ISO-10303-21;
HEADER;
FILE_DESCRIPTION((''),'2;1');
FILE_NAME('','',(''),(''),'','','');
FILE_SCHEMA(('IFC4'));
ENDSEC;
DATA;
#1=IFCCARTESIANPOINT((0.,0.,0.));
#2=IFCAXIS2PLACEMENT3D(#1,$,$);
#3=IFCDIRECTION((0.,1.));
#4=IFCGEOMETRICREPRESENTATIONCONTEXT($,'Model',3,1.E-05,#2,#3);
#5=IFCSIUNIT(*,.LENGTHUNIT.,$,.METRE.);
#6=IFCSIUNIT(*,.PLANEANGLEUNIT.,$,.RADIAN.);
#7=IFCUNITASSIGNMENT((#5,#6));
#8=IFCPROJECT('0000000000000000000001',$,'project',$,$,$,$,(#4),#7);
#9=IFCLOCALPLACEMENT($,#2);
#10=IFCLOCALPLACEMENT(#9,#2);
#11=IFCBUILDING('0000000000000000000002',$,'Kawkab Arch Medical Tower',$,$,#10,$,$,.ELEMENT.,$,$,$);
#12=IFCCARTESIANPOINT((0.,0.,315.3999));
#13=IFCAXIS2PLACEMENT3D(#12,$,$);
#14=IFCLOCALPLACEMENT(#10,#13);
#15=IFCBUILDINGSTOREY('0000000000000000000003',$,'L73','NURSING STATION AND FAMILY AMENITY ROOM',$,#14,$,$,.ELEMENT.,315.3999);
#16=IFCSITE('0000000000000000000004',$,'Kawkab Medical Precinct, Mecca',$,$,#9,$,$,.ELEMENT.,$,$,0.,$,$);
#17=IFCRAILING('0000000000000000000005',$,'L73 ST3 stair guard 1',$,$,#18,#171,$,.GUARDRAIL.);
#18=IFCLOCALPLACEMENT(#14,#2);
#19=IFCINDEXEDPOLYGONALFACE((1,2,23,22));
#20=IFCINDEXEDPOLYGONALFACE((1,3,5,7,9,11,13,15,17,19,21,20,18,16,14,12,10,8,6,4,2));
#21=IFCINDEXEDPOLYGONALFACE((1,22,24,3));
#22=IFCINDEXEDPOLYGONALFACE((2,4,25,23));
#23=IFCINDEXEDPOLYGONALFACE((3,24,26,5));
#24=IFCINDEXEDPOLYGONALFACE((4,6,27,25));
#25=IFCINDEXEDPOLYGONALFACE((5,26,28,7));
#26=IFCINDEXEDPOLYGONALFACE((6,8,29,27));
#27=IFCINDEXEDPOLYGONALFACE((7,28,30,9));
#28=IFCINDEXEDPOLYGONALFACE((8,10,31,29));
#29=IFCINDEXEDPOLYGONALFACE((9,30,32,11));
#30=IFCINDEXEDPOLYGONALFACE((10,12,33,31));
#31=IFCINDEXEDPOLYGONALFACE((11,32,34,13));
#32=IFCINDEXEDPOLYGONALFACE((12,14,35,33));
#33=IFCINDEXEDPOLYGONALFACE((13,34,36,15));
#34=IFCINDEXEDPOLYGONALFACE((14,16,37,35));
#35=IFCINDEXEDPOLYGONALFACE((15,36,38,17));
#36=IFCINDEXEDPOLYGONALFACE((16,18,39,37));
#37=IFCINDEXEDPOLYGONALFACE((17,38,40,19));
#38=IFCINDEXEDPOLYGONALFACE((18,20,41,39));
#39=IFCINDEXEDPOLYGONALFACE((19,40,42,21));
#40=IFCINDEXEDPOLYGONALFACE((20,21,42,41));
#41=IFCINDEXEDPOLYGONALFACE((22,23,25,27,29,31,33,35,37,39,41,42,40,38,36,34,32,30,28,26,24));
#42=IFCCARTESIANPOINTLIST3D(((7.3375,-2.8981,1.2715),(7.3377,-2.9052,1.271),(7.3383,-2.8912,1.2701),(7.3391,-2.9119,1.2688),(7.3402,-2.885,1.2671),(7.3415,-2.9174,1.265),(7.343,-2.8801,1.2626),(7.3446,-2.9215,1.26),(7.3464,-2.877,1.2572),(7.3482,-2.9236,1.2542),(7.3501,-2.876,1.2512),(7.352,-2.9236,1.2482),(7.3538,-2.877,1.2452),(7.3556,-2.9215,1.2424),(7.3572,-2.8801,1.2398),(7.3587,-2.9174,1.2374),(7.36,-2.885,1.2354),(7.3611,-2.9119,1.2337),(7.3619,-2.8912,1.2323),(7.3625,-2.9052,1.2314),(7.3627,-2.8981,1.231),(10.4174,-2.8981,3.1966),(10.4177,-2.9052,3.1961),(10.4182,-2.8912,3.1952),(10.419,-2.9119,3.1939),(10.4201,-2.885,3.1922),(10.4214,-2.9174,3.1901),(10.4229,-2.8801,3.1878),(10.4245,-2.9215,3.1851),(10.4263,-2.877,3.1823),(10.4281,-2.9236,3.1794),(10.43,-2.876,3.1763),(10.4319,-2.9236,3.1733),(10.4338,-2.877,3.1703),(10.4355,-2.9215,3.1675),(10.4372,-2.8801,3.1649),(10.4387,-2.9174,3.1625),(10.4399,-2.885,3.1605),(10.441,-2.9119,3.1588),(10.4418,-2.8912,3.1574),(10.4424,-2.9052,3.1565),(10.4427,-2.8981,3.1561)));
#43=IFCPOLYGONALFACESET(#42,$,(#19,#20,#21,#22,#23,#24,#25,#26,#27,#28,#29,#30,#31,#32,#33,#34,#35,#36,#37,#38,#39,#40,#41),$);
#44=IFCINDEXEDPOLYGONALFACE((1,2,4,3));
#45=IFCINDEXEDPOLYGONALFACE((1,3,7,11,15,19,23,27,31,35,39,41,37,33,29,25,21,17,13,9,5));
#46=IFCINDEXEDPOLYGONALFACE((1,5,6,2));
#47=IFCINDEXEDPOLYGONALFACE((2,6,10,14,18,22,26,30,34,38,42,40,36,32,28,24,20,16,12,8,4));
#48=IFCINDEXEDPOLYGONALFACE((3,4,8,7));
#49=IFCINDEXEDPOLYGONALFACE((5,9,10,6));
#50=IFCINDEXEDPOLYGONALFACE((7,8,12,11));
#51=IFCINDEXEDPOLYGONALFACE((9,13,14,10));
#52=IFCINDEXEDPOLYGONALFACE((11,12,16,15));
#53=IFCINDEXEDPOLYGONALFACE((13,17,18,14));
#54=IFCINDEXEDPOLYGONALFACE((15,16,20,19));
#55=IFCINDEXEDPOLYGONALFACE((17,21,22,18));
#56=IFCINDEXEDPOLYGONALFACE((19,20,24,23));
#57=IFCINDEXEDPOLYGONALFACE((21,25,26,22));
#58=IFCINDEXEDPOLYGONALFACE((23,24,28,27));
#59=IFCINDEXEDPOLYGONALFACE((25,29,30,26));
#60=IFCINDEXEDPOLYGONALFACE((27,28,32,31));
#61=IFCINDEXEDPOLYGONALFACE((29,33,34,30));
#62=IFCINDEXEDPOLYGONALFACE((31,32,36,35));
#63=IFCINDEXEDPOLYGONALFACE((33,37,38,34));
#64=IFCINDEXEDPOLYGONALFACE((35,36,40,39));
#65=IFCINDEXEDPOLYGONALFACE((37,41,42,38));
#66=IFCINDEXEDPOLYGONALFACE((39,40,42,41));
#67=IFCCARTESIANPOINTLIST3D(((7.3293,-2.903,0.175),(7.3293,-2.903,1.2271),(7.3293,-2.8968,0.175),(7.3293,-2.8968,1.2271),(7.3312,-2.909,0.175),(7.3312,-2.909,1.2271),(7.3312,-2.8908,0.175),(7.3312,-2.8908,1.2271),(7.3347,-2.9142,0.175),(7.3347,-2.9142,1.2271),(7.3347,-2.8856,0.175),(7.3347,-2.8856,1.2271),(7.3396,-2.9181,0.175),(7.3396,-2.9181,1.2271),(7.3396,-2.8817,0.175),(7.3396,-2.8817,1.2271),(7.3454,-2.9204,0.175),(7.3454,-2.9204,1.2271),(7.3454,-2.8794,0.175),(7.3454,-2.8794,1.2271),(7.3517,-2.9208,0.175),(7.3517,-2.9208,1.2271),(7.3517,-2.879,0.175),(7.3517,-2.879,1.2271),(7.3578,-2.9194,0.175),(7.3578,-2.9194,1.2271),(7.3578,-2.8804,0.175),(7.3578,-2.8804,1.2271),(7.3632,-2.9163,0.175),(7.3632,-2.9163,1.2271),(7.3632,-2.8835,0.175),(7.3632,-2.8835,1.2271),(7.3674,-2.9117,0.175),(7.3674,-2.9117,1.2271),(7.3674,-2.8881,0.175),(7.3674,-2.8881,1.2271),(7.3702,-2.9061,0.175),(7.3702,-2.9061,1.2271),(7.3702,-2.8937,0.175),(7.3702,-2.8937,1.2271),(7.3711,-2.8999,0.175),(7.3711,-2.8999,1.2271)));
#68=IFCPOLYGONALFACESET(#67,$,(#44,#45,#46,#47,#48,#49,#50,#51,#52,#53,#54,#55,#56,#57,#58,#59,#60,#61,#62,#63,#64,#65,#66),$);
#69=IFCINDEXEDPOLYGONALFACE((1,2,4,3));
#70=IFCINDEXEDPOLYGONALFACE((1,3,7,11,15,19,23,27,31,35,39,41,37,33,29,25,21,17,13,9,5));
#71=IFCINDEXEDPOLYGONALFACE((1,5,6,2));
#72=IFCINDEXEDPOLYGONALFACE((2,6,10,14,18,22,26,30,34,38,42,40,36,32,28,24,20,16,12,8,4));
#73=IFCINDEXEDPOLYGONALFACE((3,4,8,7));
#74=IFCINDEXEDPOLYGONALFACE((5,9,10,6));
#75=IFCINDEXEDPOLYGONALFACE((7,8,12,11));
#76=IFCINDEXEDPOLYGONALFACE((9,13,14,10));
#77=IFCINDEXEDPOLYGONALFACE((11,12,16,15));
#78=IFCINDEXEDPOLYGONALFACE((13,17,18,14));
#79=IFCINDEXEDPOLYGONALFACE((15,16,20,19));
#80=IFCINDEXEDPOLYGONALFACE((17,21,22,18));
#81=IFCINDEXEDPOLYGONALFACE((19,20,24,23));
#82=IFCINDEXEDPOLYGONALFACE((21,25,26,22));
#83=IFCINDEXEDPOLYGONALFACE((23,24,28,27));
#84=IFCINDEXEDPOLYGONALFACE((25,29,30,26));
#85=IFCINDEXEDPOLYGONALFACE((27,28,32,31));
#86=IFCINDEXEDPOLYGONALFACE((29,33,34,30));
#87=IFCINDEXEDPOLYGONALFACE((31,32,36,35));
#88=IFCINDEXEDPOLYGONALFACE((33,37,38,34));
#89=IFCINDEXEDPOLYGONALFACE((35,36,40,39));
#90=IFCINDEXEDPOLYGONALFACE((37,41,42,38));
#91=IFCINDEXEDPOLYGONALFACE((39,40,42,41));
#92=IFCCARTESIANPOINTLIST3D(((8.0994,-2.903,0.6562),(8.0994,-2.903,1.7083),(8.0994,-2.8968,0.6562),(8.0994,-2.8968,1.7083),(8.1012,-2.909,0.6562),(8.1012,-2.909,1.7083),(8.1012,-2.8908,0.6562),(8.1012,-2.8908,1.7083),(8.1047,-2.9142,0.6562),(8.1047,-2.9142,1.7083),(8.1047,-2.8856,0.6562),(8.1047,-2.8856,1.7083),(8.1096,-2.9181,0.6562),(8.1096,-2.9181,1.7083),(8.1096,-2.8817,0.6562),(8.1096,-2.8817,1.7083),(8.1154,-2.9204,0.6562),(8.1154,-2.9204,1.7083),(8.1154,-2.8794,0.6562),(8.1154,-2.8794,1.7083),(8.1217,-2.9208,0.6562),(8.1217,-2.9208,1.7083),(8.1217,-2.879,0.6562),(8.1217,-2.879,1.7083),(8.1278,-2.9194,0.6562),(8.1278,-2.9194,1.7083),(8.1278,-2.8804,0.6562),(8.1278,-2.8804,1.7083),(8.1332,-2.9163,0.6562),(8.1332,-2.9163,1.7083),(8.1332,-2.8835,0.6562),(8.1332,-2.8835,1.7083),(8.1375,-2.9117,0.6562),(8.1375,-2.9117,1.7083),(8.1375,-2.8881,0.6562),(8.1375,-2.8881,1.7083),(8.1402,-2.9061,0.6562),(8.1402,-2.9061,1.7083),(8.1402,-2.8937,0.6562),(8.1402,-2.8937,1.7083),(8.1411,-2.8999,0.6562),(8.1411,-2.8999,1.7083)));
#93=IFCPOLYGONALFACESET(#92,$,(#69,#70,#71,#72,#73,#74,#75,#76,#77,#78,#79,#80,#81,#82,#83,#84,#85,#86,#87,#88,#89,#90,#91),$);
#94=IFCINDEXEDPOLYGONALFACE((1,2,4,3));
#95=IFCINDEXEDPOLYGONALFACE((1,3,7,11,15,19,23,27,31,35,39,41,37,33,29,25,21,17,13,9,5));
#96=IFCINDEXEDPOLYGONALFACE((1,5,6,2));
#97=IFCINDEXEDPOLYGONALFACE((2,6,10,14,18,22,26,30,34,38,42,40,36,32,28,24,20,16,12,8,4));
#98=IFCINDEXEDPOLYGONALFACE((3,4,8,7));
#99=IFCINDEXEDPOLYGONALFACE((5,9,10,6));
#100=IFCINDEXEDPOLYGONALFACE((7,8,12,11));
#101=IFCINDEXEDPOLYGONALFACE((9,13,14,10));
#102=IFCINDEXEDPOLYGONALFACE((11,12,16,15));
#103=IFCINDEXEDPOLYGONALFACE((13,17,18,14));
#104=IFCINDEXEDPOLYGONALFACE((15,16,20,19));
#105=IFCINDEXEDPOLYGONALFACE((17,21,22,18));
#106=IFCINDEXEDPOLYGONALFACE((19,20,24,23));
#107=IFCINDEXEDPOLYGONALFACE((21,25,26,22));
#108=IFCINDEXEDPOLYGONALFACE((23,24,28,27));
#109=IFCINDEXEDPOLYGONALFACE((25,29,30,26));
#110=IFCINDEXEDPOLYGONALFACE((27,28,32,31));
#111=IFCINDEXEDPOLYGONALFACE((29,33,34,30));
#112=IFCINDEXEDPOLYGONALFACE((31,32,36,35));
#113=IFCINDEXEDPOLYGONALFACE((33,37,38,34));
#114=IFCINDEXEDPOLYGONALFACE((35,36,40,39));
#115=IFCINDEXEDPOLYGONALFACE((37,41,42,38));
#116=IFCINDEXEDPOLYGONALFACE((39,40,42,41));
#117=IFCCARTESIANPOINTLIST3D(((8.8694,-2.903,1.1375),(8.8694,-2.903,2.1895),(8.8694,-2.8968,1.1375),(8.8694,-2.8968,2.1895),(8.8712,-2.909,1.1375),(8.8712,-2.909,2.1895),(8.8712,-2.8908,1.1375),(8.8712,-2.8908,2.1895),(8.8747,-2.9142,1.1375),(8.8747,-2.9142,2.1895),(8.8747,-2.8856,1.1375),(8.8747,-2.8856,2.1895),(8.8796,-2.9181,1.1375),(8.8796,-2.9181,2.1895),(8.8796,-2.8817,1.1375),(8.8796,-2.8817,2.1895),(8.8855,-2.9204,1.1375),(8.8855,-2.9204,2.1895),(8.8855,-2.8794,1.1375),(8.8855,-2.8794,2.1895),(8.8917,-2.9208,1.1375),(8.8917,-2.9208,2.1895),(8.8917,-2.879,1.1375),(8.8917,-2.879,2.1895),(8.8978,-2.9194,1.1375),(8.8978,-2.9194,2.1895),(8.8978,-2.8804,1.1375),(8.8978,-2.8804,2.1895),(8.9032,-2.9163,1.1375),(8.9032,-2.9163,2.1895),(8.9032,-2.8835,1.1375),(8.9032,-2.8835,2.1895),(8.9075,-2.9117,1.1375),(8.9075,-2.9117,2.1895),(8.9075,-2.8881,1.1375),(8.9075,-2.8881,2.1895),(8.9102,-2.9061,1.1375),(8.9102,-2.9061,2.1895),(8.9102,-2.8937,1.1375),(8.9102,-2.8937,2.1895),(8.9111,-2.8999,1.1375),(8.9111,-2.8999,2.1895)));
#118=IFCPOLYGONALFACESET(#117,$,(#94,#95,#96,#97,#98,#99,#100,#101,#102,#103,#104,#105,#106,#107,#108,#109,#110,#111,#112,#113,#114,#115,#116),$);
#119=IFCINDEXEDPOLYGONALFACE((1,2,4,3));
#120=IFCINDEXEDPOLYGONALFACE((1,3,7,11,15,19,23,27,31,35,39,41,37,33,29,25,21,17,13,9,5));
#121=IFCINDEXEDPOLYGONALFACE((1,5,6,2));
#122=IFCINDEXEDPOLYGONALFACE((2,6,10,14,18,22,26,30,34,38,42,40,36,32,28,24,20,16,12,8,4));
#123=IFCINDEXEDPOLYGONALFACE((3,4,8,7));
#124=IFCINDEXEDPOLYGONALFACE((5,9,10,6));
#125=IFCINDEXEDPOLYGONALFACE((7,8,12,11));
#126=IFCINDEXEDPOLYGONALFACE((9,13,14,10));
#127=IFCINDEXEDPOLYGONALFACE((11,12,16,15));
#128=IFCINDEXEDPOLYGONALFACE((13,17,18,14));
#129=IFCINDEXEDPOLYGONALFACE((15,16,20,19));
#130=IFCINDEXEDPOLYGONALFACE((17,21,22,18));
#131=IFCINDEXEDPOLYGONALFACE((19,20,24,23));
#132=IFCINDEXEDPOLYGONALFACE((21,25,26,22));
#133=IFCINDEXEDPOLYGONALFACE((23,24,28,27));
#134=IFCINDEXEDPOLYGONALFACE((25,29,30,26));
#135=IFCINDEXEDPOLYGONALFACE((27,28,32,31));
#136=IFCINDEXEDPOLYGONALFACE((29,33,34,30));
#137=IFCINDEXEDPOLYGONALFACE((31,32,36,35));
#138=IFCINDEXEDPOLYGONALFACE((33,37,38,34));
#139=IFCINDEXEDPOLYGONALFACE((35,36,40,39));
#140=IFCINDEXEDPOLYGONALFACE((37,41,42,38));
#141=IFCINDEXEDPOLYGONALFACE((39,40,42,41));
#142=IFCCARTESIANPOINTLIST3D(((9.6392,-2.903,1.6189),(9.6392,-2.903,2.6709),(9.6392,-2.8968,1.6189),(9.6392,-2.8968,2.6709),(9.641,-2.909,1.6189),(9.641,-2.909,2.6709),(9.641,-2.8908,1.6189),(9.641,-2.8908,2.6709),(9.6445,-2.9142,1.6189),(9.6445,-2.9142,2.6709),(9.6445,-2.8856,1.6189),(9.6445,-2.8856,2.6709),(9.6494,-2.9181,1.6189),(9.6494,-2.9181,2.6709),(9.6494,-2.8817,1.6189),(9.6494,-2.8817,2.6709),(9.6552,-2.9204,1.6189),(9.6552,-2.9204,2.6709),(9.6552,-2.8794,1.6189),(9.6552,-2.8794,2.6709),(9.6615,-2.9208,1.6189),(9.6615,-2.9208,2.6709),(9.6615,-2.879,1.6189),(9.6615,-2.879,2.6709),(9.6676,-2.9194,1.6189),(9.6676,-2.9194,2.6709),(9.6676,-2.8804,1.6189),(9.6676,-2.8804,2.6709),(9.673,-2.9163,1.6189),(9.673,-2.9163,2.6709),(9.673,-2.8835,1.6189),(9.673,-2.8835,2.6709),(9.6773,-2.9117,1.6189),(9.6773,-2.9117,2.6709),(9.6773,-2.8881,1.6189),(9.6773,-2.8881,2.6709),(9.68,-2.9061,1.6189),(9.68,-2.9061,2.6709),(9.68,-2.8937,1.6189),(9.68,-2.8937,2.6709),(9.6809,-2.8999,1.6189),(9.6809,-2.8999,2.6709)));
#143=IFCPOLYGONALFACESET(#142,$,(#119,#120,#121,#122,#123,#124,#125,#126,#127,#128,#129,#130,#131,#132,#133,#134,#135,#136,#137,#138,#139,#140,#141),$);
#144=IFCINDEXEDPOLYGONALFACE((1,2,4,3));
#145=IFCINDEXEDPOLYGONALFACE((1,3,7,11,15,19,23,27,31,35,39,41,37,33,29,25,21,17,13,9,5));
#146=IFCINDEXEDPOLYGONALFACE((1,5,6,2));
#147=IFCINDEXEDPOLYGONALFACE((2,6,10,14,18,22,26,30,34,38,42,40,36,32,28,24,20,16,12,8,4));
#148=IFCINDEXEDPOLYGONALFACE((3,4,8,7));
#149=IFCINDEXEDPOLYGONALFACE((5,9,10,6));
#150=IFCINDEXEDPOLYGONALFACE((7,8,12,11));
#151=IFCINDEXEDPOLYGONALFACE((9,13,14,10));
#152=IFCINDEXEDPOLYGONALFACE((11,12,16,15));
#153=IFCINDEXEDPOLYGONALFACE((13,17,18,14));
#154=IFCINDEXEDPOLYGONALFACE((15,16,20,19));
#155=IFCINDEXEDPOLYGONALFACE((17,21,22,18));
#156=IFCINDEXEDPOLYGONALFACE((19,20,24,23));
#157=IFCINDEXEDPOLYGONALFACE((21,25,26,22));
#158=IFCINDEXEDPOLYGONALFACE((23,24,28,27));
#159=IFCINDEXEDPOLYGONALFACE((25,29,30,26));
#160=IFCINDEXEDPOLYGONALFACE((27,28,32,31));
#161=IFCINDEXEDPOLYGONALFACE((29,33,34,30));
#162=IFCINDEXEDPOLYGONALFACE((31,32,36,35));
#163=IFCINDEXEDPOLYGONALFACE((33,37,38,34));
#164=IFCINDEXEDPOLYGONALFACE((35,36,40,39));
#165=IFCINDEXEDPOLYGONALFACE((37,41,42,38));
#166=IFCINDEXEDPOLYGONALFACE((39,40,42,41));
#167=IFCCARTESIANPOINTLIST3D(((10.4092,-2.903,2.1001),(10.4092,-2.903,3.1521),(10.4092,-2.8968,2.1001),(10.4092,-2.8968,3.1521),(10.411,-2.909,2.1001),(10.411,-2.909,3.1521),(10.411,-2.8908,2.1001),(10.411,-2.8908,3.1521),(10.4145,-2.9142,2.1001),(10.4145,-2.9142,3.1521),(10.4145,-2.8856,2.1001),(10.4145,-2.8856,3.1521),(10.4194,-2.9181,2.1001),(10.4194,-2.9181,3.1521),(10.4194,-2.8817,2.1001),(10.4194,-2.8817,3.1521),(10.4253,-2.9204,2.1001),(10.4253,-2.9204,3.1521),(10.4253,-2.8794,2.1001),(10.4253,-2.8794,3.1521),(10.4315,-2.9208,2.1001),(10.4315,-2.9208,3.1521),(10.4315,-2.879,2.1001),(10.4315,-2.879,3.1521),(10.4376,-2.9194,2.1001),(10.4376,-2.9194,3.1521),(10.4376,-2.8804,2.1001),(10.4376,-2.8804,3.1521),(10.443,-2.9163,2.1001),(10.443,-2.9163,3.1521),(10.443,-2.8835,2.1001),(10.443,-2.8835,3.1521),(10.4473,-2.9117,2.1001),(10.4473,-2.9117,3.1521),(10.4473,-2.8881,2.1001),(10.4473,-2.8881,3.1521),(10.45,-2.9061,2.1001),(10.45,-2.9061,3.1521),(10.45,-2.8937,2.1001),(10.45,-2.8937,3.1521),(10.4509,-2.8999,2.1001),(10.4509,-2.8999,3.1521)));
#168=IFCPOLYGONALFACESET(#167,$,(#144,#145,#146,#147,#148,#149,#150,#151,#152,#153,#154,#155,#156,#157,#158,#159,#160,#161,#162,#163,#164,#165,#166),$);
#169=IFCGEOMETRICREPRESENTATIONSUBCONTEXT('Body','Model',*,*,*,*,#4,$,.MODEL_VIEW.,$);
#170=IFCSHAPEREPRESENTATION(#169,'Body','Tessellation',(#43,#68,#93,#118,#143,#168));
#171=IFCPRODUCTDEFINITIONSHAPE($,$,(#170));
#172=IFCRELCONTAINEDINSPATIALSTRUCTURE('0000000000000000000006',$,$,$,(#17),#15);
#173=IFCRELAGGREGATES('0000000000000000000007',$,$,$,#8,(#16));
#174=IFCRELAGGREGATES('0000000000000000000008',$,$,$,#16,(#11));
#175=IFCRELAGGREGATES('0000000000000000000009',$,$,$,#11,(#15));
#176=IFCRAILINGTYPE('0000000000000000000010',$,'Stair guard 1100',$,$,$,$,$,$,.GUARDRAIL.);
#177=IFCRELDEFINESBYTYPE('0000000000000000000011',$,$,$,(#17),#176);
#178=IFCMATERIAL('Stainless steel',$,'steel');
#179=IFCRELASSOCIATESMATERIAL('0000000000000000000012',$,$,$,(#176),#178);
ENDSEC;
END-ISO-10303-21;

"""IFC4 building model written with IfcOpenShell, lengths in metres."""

from ifc_helpers import new_model, si_unit, direction, frame, origin, origin_2d, place, context, subcontext, project, spatial, circle, extrude, material, type_object, element, save


model = new_model("IFC4")

# Units and contexts
model_context = context("Model", 3, precision=1e-05, world=origin(), true_north=direction((0.0, 1.0)))
body_context = subcontext(model_context, "Body", "Model", "MODEL_VIEW")
ifc_project = project(units=[si_unit("LENGTHUNIT", "METRE"), si_unit("PLANEANGLEUNIT", "RADIAN")], contexts=[model_context])

# Site, building, storey
site_placement = place(None, origin())
site = spatial("IfcSite", under=ifc_project, at=site_placement, Name="Kawkab Medical Precinct, Mecca", CompositionType="ELEMENT", RefElevation=0.0)
building_placement = place(site_placement, origin())
building = spatial("IfcBuilding", under=site, at=building_placement, Name="Kawkab Arch Medical Tower", CompositionType="ELEMENT")
storey_placement = place(building_placement, frame((0.0, 0.0, 315.3999)))
storey = spatial("IfcBuildingStorey", under=building, at=storey_placement, Name="L73", Description="NURSING STATION AND FAMILY AMENITY ROOM", CompositionType="ELEMENT", Elevation=315.3999)

# Railing
ifc_material_1 = material(Name="Stainless steel", Category="steel")
railing_type = type_object("IfcRailingType", Name="Stair guard 1100", PredefinedType="GUARDRAIL", material=ifc_material_1)
railing_1_placement = place(storey_placement, frame((7.3501, -2.8999, 0.175)))
element("IfcRailing", 1, at=railing_1_placement, inside=storey, type_object=railing_type, Name="L73 ST3 stair guard 1", PredefinedType="GUARDRAIL", context=body_context, shape_type="SweptSolid", body=[
    extrude(circle(Radius=0.0239, at=origin_2d()), frame((0.0, 0.0, 1.0762), z_axis=(0.847979, 0.0, 0.530029), x_axis=(0.0, 1.0, 0.0)), (0.0, 0.0, 1.0), 3.6321),
    extrude(circle(Radius=0.021, at=origin_2d()), origin(), (0.0, 0.0, 1.0), 1.052),
    extrude(circle(Radius=0.021, at=origin_2d()), frame((0.77, 0.0, 0.4812)), (0.0, 0.0, 1.0), 1.052),
    extrude(circle(Radius=0.021, at=origin_2d()), frame((1.54, 0.0, 0.9624)), (0.0, 0.0, 1.0), 1.052),
    extrude(circle(Radius=0.021, at=origin_2d()), frame((2.3098, 0.0, 1.4438)), (0.0, 0.0, 1.0), 1.052),
    extrude(circle(Radius=0.021, at=origin_2d()), frame((3.0798, 0.0, 1.925)), (0.0, 0.0, 1.0), 1.052),
])

save(model, "model.ifc")
